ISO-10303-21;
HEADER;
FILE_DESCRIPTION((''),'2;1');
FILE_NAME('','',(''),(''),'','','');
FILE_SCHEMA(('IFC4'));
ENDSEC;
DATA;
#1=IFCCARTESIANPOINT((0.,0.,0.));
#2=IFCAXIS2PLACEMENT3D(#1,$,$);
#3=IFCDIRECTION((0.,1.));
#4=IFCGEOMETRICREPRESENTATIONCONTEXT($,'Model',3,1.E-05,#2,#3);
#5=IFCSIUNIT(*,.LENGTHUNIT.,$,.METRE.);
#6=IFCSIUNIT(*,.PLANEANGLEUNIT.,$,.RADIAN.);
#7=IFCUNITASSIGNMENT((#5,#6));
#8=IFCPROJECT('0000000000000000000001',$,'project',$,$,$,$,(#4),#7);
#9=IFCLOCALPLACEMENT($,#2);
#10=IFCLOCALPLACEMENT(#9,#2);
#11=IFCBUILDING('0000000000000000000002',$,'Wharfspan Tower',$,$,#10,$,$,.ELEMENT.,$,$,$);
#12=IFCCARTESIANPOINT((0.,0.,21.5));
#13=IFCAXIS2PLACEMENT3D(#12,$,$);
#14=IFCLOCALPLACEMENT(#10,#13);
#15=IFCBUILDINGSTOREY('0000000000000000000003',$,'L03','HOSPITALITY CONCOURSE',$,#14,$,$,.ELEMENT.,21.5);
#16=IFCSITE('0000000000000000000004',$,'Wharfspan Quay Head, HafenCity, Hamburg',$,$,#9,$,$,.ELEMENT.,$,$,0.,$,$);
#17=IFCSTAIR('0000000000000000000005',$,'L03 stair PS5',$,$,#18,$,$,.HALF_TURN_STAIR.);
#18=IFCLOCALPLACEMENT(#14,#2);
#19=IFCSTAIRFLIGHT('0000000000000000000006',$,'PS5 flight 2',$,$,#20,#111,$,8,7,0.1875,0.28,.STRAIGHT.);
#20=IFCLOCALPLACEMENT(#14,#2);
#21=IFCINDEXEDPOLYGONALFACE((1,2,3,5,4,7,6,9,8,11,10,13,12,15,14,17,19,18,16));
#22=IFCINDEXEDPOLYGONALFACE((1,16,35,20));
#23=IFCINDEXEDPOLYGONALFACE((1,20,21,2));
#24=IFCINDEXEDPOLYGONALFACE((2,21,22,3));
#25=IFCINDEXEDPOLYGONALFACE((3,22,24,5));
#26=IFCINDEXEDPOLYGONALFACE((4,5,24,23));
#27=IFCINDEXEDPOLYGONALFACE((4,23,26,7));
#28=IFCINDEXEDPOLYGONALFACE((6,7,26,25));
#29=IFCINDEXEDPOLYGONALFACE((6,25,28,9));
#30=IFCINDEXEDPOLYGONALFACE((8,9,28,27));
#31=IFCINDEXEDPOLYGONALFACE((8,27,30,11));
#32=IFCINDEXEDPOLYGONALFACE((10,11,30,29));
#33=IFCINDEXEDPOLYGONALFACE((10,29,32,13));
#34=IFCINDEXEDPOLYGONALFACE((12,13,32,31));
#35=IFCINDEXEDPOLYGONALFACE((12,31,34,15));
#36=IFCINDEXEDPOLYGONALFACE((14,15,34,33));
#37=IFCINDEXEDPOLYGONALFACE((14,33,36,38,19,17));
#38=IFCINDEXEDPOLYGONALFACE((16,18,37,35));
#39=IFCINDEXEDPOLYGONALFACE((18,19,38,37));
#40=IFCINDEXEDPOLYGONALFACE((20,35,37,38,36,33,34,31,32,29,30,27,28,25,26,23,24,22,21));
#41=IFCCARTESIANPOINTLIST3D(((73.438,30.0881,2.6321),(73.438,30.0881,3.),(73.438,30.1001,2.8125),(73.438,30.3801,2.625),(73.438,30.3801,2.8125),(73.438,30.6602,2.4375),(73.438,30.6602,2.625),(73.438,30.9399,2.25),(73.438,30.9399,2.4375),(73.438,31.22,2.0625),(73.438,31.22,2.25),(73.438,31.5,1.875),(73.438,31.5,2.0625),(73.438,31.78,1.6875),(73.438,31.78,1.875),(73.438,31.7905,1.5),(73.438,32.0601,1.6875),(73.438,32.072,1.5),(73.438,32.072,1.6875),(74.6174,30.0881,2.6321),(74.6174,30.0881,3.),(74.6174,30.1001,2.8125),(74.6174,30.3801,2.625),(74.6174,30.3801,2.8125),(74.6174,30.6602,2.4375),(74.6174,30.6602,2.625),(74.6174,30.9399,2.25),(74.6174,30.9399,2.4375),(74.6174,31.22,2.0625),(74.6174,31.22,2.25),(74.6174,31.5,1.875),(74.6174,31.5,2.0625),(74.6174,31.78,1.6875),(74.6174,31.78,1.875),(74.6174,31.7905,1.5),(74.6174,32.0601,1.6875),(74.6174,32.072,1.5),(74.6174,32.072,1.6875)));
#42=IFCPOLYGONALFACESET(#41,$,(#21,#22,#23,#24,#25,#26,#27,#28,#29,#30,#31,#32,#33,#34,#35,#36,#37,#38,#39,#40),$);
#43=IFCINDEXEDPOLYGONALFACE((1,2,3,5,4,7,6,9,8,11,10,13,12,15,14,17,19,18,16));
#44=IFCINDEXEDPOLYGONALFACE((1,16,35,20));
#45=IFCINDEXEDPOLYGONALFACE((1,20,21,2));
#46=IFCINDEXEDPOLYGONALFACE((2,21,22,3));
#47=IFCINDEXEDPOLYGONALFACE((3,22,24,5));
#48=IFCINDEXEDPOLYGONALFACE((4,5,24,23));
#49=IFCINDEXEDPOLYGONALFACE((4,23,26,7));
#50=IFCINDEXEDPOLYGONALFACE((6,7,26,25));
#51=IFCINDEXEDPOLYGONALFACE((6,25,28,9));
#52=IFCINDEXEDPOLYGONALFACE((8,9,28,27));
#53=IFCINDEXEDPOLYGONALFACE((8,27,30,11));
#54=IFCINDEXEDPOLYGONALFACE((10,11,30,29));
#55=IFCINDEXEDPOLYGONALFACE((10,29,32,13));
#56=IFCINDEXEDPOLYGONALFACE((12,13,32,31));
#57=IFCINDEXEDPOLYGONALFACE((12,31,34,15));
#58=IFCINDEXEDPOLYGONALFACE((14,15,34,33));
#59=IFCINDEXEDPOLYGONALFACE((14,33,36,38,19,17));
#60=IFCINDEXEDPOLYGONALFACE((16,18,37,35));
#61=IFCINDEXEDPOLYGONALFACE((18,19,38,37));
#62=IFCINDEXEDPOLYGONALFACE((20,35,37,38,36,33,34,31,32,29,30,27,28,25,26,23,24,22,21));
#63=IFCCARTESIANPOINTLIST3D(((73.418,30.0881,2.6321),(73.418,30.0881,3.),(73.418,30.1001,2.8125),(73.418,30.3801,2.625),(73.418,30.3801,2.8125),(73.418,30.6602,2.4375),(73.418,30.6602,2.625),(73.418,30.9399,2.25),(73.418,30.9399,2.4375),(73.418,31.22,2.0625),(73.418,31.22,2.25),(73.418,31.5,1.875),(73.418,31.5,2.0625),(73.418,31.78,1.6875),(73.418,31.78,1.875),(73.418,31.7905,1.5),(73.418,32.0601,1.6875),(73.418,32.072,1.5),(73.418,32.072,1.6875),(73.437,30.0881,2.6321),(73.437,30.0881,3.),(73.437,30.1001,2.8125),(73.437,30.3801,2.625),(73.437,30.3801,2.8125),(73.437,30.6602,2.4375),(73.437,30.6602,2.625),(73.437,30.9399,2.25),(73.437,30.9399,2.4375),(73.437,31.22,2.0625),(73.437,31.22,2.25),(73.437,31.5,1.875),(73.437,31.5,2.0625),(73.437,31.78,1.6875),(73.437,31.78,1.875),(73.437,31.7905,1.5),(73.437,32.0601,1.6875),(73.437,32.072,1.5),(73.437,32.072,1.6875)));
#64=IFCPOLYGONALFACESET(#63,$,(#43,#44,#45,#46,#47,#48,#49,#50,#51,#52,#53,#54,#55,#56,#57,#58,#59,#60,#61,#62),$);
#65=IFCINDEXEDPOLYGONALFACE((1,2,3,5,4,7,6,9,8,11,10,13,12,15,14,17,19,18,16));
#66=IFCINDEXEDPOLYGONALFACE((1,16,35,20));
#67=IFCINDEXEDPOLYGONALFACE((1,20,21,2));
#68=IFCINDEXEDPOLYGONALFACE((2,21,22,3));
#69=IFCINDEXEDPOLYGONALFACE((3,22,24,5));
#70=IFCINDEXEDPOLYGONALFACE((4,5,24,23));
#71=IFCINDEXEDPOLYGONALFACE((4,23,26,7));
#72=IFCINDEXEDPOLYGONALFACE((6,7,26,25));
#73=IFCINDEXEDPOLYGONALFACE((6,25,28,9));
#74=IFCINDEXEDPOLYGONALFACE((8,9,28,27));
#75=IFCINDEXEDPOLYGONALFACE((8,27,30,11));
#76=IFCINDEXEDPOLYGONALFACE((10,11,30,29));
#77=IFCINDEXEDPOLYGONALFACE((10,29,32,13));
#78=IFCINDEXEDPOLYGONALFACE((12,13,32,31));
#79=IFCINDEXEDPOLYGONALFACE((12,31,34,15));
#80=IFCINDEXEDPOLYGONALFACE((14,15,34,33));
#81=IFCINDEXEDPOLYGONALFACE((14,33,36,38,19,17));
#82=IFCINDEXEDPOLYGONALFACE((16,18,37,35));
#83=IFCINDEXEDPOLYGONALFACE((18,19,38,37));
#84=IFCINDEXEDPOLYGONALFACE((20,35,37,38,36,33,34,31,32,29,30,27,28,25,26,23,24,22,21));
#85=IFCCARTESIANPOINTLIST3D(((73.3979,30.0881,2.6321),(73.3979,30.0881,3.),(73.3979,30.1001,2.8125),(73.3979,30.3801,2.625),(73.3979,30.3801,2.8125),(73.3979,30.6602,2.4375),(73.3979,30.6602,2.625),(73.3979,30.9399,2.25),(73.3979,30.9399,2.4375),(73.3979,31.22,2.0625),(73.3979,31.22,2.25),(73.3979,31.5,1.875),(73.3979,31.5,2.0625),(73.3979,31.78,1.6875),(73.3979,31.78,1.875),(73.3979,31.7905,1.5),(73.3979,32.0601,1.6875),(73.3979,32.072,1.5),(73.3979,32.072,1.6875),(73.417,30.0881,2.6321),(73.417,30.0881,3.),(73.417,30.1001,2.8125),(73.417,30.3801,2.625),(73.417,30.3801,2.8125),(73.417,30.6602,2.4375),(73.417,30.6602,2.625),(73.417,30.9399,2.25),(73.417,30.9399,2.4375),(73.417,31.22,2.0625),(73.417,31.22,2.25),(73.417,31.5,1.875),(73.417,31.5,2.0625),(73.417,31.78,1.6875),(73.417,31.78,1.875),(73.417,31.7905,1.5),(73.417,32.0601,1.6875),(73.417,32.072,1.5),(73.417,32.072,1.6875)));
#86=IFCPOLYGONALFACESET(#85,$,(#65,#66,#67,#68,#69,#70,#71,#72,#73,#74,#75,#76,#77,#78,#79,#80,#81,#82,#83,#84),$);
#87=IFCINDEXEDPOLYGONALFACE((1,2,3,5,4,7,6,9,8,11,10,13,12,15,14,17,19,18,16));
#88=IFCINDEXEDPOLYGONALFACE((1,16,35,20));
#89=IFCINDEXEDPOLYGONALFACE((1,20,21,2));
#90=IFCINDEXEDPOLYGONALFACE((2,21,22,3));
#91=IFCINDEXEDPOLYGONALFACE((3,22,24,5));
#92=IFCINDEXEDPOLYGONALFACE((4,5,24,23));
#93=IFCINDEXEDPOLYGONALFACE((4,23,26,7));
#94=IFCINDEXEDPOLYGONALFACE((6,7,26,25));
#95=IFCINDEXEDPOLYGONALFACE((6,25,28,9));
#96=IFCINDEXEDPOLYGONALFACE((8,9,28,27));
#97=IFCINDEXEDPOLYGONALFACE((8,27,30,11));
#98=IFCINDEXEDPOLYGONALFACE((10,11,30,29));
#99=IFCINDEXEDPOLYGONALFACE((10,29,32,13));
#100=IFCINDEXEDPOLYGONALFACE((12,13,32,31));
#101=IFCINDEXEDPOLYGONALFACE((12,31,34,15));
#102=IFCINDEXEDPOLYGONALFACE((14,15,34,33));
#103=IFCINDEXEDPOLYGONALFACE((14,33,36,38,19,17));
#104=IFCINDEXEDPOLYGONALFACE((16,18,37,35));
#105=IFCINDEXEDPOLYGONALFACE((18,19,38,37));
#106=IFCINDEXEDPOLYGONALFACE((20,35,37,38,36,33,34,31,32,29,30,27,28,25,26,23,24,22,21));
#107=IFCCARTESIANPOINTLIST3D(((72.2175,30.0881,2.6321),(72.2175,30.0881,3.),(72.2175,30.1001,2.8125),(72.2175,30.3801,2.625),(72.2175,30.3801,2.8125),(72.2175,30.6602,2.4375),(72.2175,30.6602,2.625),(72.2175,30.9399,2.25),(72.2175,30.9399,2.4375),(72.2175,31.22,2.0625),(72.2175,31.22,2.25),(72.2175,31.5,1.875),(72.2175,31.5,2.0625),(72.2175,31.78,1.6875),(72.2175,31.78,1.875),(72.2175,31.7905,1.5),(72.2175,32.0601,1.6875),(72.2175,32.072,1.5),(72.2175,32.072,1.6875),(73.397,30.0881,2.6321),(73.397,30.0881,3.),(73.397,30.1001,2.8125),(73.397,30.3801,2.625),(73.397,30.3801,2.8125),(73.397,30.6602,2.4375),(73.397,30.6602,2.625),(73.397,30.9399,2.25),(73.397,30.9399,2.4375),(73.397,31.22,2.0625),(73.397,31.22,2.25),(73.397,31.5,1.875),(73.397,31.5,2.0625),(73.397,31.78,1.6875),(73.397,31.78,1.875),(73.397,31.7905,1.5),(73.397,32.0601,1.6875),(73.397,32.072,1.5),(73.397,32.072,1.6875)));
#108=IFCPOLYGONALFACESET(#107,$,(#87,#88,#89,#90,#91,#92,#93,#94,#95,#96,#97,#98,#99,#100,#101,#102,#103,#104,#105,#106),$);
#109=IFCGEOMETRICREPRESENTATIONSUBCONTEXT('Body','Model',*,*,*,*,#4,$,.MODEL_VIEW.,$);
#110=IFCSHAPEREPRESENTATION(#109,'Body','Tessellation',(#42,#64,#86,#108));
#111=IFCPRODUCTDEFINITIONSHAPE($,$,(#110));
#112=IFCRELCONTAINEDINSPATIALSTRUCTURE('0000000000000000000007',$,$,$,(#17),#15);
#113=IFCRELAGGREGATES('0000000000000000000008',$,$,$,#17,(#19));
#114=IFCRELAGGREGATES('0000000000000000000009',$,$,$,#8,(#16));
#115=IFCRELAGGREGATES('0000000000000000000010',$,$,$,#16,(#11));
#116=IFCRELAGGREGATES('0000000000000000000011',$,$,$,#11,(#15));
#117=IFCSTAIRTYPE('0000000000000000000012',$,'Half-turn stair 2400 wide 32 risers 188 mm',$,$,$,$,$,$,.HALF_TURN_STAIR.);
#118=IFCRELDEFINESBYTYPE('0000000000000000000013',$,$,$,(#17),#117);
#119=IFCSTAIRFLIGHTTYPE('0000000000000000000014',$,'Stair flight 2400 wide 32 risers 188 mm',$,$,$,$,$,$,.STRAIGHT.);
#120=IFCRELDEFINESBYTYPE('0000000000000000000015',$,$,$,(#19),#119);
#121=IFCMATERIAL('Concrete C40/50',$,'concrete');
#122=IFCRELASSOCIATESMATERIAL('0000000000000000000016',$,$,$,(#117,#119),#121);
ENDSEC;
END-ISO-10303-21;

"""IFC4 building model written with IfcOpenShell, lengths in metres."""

from ifc_helpers import new_model, si_unit, direction, frame, origin, place, context, subcontext, project, spatial, polyline, outline, extrude, material, type_object, element, aggregate, save


model = new_model("IFC4")

# Units and contexts
model_context = context("Model", 3, precision=1e-05, world=origin(), true_north=direction((0.0, 1.0)))
body_context = subcontext(model_context, "Body", "Model", "MODEL_VIEW")
ifc_project = project(units=[si_unit("LENGTHUNIT", "METRE"), si_unit("PLANEANGLEUNIT", "RADIAN")], contexts=[model_context])

# Site, building, storey
site_placement = place(None, origin())
site = spatial("IfcSite", under=ifc_project, at=site_placement, Name="Wharfspan Quay Head, HafenCity, Hamburg", CompositionType="ELEMENT", RefElevation=0.0)
building_placement = place(site_placement, origin())
building = spatial("IfcBuilding", under=site, at=building_placement, Name="Wharfspan Tower", CompositionType="ELEMENT")
storey_placement = place(building_placement, frame((0.0, 0.0, 21.5)))
storey = spatial("IfcBuildingStorey", under=building, at=storey_placement, Name="L03", Description="HOSPITALITY CONCOURSE", CompositionType="ELEMENT", Elevation=21.5)

# Shared definitions
ifc_material_1 = material(Name="Concrete C40/50", Category="concrete")

# Shared definitions
stair_type = type_object("IfcStairType", Name="Half-turn stair 2400 wide 32 risers 188 mm", PredefinedType="HALF_TURN_STAIR", material=ifc_material_1)
stair_flight_type = type_object("IfcStairFlightType", Name="Stair flight 2400 wide 32 risers 188 mm", PredefinedType="STRAIGHT", material=ifc_material_1)

# Stair, stair flight
stair_1_placement = place(storey_placement, origin())
stair_1 = element("IfcStair", 1, at=stair_1_placement, inside=storey, type_object=stair_type, Name="L03 stair PS5", PredefinedType="HALF_TURN_STAIR")
stair_flight_1_placement = place(storey_placement, frame((73.4175, 32.0601, 1.5), z_axis=(0.0, 0.0, 1.0), x_axis=(0.0, -1.0, 0.0)))
stair_flight_1 = element("IfcStairFlight", 2, at=stair_flight_1_placement, type_object=stair_flight_type, Name="PS5 flight 2", NumberOfRisers=8, NumberOfTreads=7, PredefinedType="STRAIGHT", RiserHeight=0.1875, TreadLength=0.28, context=body_context, shape_type="SweptSolid", body=[
    extrude(outline(polyline([(-0.012, 0.0), (-0.012, 0.1875), (0.0, 0.1875), (0.28, 0.1875), (0.28, 0.375), (0.5601, 0.375), (0.5601, 0.5625), (0.8401, 0.5625), (0.8401, 0.75), (1.1201, 0.75), (1.1201, 0.9375), (1.3999, 0.9375), (1.3999, 1.125), (1.6799, 1.125), (1.6799, 1.3125), (1.96, 1.3125), (1.9719, 1.5), (1.9719, 1.1321), (0.2695, 0.0), (-0.012, 0.0)])), frame((0.0, 1.2, 0.0), z_axis=(0.0, -1.0, 0.0), x_axis=(1.0, 0.0, 0.0)), (0.0, 0.0, 1.0), 1.1794),
    extrude(outline(polyline([(-0.012, 0.0), (-0.012, 0.1875), (0.0, 0.1875), (0.28, 0.1875), (0.28, 0.375), (0.5601, 0.375), (0.5601, 0.5625), (0.8401, 0.5625), (0.8401, 0.75), (1.1201, 0.75), (1.1201, 0.9375), (1.3999, 0.9375), (1.3999, 1.125), (1.6799, 1.125), (1.6799, 1.3125), (1.96, 1.3125), (1.9719, 1.5), (1.9719, 1.1321), (0.2695, 0.0), (-0.012, 0.0)])), frame((0.0, 0.0195, 0.0), z_axis=(0.0, -1.0, 0.0), x_axis=(1.0, 0.0, 0.0)), (0.0, 0.0, 1.0), 0.019),
    extrude(outline(polyline([(-0.012, 0.0), (-0.012, 0.1875), (0.0, 0.1875), (0.28, 0.1875), (0.28, 0.375), (0.5601, 0.375), (0.5601, 0.5625), (0.8401, 0.5625), (0.8401, 0.75), (1.1201, 0.75), (1.1201, 0.9375), (1.3999, 0.9375), (1.3999, 1.125), (1.6799, 1.125), (1.6799, 1.3125), (1.96, 1.3125), (1.9719, 1.5), (1.9719, 1.1321), (0.2695, 0.0), (-0.012, 0.0)])), frame((0.0, -0.0005, 0.0), z_axis=(0.0, -1.0, 0.0), x_axis=(1.0, 0.0, 0.0)), (0.0, 0.0, 1.0), 0.019),
    extrude(outline(polyline([(-0.012, 0.0), (-0.012, 0.1875), (0.0, 0.1875), (0.28, 0.1875), (0.28, 0.375), (0.5601, 0.375), (0.5601, 0.5625), (0.8401, 0.5625), (0.8401, 0.75), (1.1201, 0.75), (1.1201, 0.9375), (1.3999, 0.9375), (1.3999, 1.125), (1.6799, 1.125), (1.6799, 1.3125), (1.96, 1.3125), (1.9719, 1.5), (1.9719, 1.1321), (0.2695, 0.0), (-0.012, 0.0)])), frame((0.0, -0.0205, 0.0), z_axis=(0.0, -1.0, 0.0), x_axis=(1.0, 0.0, 0.0)), (0.0, 0.0, 1.0), 1.1794),
])
aggregate(stair_1, [stair_flight_1])

save(model, "model.ifc")
